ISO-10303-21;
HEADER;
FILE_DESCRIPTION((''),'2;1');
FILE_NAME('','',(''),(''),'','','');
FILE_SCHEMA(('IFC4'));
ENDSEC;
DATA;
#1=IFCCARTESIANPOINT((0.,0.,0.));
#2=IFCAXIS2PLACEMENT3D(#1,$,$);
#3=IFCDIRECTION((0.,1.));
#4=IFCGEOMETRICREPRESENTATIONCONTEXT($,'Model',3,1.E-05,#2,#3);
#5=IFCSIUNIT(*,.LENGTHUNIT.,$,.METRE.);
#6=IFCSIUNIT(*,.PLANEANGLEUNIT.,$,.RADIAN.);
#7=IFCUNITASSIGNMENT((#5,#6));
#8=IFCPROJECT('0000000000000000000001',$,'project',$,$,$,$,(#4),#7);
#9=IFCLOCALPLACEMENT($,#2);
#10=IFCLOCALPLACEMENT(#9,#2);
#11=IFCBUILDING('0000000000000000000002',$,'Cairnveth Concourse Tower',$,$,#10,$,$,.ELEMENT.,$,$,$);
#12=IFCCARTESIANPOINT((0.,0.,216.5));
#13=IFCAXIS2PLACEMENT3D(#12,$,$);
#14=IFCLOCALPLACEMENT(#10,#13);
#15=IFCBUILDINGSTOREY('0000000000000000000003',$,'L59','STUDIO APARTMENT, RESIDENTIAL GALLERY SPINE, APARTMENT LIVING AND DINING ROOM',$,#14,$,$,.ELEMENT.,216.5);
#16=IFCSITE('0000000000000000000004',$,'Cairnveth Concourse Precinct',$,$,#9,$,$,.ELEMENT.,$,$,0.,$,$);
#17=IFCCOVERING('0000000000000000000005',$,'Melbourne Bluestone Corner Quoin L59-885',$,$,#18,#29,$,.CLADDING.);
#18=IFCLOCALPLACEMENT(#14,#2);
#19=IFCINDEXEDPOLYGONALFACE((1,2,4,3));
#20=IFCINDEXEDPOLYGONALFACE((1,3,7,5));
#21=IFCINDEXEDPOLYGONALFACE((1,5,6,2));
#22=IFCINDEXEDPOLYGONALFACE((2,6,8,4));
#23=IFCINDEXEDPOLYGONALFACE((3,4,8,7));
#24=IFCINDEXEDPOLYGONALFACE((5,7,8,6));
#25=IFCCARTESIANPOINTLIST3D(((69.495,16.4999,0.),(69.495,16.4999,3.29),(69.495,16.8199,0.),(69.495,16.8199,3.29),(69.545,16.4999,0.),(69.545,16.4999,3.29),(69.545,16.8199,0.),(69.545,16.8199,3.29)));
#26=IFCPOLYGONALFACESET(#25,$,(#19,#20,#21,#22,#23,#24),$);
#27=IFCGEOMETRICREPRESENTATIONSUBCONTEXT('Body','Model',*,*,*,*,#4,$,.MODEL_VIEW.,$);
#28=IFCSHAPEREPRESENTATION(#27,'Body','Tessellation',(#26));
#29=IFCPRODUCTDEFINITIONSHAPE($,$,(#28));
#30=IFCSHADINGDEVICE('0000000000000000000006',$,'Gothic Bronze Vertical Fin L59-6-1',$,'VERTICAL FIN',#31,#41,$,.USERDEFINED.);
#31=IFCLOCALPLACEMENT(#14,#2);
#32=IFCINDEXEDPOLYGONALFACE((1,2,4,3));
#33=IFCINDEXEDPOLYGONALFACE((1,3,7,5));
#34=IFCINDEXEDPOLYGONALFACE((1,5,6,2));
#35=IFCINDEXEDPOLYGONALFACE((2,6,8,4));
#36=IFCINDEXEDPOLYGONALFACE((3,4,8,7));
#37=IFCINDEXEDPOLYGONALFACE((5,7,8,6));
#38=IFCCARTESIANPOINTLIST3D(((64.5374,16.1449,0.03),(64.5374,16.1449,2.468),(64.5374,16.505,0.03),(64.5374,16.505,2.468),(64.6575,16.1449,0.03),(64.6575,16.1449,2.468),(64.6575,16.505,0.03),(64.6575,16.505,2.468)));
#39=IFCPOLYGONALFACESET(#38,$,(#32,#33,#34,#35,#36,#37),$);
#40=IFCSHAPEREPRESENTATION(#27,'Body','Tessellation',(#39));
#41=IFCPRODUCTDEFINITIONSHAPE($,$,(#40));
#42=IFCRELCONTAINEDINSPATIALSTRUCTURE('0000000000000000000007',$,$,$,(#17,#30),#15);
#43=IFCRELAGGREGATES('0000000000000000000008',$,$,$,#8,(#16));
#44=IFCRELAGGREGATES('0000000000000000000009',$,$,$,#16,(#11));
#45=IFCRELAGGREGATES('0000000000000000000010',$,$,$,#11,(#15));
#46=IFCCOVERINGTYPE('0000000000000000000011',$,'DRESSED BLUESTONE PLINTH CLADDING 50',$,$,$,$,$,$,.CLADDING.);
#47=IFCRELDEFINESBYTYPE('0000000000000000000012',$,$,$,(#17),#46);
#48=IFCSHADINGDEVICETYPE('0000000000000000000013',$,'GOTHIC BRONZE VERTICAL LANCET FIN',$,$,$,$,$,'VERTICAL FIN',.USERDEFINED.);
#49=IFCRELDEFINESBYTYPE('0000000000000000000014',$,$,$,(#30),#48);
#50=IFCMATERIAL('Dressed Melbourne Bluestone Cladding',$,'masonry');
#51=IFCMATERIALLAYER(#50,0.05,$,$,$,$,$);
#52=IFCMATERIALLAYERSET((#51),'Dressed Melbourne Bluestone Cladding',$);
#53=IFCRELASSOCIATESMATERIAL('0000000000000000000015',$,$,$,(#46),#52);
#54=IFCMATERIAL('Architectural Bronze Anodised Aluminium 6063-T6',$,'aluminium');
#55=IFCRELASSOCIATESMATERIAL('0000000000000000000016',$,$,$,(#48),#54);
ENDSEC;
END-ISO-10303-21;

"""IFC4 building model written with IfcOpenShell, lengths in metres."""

from ifc_helpers import new_model, si_unit, direction, frame, frame_2d, origin, origin_2d, place, context, subcontext, project, spatial, rectangle, extrude, material, layer, layer_set, type_object, element, save


model = new_model("IFC4")

# Units and contexts
model_context = context("Model", 3, precision=1e-05, world=origin(), true_north=direction((0.0, 1.0)))
body_context = subcontext(model_context, "Body", "Model", "MODEL_VIEW")
ifc_project = project(units=[si_unit("LENGTHUNIT", "METRE"), si_unit("PLANEANGLEUNIT", "RADIAN")], contexts=[model_context])

# Site, building, storey
site_placement = place(None, origin())
site = spatial("IfcSite", under=ifc_project, at=site_placement, Name="Cairnveth Concourse Precinct", CompositionType="ELEMENT", RefElevation=0.0)
building_placement = place(site_placement, origin())
building = spatial("IfcBuilding", under=site, at=building_placement, Name="Cairnveth Concourse Tower", CompositionType="ELEMENT")
storey_placement = place(building_placement, frame((0.0, 0.0, 216.5)))
storey = spatial("IfcBuildingStorey", under=building, at=storey_placement, Name="L59", Description="STUDIO APARTMENT, RESIDENTIAL GALLERY SPINE, APARTMENT LIVING AND DINING ROOM", CompositionType="ELEMENT", Elevation=216.5)

# Covering
ifc_material_1 = material(Name="Dressed Melbourne Bluestone Cladding", Category="masonry")
ifc_layer_1 = layer(ifc_material_1, 0.05)
ifc_layer_set_1 = layer_set([ifc_layer_1], Name="Dressed Melbourne Bluestone Cladding")
covering_type = type_object("IfcCoveringType", Name="DRESSED BLUESTONE PLINTH CLADDING 50", PredefinedType="CLADDING", material=ifc_layer_set_1)
covering_placement = place(storey_placement, frame((69.52, 16.8201, 0.0), z_axis=(0.0, 0.0, 1.0), x_axis=(0.0, -1.0, 0.0)))
element("IfcCovering", 1, at=covering_placement, inside=storey, type_object=covering_type, Name="Melbourne Bluestone Corner Quoin L59-885", PredefinedType="CLADDING", context=body_context, shape_type="SweptSolid", body=[
    extrude(rectangle(XDim=0.3201, YDim=0.05, at=frame_2d((0.1602, 0.0))), origin(), (0.0, 0.0, 1.0), 3.29),
])

# Shading device
ifc_material_2 = material(Name="Architectural Bronze Anodised Aluminium 6063-T6", Category="aluminium")
shading_device_type = type_object("IfcShadingDeviceType", Name="GOTHIC BRONZE VERTICAL LANCET FIN", ElementType="VERTICAL FIN", PredefinedType="USERDEFINED", material=ifc_material_2)
shading_device_placement = place(storey_placement, frame((64.5974, 16.325, 0.03), z_axis=(0.0, 0.0, 1.0), x_axis=(1.0, 0.0, 0.0)))
element("IfcShadingDevice", 2, at=shading_device_placement, inside=storey, type_object=shading_device_type, Name="Gothic Bronze Vertical Fin L59-6-1", ObjectType="VERTICAL FIN", PredefinedType="USERDEFINED", context=body_context, shape_type="SweptSolid", body=[
    extrude(rectangle(XDim=0.1201, YDim=0.3601, at=origin_2d()), origin(), (0.0, 0.0, 1.0), 2.438),
])

save(model, "model.ifc")
